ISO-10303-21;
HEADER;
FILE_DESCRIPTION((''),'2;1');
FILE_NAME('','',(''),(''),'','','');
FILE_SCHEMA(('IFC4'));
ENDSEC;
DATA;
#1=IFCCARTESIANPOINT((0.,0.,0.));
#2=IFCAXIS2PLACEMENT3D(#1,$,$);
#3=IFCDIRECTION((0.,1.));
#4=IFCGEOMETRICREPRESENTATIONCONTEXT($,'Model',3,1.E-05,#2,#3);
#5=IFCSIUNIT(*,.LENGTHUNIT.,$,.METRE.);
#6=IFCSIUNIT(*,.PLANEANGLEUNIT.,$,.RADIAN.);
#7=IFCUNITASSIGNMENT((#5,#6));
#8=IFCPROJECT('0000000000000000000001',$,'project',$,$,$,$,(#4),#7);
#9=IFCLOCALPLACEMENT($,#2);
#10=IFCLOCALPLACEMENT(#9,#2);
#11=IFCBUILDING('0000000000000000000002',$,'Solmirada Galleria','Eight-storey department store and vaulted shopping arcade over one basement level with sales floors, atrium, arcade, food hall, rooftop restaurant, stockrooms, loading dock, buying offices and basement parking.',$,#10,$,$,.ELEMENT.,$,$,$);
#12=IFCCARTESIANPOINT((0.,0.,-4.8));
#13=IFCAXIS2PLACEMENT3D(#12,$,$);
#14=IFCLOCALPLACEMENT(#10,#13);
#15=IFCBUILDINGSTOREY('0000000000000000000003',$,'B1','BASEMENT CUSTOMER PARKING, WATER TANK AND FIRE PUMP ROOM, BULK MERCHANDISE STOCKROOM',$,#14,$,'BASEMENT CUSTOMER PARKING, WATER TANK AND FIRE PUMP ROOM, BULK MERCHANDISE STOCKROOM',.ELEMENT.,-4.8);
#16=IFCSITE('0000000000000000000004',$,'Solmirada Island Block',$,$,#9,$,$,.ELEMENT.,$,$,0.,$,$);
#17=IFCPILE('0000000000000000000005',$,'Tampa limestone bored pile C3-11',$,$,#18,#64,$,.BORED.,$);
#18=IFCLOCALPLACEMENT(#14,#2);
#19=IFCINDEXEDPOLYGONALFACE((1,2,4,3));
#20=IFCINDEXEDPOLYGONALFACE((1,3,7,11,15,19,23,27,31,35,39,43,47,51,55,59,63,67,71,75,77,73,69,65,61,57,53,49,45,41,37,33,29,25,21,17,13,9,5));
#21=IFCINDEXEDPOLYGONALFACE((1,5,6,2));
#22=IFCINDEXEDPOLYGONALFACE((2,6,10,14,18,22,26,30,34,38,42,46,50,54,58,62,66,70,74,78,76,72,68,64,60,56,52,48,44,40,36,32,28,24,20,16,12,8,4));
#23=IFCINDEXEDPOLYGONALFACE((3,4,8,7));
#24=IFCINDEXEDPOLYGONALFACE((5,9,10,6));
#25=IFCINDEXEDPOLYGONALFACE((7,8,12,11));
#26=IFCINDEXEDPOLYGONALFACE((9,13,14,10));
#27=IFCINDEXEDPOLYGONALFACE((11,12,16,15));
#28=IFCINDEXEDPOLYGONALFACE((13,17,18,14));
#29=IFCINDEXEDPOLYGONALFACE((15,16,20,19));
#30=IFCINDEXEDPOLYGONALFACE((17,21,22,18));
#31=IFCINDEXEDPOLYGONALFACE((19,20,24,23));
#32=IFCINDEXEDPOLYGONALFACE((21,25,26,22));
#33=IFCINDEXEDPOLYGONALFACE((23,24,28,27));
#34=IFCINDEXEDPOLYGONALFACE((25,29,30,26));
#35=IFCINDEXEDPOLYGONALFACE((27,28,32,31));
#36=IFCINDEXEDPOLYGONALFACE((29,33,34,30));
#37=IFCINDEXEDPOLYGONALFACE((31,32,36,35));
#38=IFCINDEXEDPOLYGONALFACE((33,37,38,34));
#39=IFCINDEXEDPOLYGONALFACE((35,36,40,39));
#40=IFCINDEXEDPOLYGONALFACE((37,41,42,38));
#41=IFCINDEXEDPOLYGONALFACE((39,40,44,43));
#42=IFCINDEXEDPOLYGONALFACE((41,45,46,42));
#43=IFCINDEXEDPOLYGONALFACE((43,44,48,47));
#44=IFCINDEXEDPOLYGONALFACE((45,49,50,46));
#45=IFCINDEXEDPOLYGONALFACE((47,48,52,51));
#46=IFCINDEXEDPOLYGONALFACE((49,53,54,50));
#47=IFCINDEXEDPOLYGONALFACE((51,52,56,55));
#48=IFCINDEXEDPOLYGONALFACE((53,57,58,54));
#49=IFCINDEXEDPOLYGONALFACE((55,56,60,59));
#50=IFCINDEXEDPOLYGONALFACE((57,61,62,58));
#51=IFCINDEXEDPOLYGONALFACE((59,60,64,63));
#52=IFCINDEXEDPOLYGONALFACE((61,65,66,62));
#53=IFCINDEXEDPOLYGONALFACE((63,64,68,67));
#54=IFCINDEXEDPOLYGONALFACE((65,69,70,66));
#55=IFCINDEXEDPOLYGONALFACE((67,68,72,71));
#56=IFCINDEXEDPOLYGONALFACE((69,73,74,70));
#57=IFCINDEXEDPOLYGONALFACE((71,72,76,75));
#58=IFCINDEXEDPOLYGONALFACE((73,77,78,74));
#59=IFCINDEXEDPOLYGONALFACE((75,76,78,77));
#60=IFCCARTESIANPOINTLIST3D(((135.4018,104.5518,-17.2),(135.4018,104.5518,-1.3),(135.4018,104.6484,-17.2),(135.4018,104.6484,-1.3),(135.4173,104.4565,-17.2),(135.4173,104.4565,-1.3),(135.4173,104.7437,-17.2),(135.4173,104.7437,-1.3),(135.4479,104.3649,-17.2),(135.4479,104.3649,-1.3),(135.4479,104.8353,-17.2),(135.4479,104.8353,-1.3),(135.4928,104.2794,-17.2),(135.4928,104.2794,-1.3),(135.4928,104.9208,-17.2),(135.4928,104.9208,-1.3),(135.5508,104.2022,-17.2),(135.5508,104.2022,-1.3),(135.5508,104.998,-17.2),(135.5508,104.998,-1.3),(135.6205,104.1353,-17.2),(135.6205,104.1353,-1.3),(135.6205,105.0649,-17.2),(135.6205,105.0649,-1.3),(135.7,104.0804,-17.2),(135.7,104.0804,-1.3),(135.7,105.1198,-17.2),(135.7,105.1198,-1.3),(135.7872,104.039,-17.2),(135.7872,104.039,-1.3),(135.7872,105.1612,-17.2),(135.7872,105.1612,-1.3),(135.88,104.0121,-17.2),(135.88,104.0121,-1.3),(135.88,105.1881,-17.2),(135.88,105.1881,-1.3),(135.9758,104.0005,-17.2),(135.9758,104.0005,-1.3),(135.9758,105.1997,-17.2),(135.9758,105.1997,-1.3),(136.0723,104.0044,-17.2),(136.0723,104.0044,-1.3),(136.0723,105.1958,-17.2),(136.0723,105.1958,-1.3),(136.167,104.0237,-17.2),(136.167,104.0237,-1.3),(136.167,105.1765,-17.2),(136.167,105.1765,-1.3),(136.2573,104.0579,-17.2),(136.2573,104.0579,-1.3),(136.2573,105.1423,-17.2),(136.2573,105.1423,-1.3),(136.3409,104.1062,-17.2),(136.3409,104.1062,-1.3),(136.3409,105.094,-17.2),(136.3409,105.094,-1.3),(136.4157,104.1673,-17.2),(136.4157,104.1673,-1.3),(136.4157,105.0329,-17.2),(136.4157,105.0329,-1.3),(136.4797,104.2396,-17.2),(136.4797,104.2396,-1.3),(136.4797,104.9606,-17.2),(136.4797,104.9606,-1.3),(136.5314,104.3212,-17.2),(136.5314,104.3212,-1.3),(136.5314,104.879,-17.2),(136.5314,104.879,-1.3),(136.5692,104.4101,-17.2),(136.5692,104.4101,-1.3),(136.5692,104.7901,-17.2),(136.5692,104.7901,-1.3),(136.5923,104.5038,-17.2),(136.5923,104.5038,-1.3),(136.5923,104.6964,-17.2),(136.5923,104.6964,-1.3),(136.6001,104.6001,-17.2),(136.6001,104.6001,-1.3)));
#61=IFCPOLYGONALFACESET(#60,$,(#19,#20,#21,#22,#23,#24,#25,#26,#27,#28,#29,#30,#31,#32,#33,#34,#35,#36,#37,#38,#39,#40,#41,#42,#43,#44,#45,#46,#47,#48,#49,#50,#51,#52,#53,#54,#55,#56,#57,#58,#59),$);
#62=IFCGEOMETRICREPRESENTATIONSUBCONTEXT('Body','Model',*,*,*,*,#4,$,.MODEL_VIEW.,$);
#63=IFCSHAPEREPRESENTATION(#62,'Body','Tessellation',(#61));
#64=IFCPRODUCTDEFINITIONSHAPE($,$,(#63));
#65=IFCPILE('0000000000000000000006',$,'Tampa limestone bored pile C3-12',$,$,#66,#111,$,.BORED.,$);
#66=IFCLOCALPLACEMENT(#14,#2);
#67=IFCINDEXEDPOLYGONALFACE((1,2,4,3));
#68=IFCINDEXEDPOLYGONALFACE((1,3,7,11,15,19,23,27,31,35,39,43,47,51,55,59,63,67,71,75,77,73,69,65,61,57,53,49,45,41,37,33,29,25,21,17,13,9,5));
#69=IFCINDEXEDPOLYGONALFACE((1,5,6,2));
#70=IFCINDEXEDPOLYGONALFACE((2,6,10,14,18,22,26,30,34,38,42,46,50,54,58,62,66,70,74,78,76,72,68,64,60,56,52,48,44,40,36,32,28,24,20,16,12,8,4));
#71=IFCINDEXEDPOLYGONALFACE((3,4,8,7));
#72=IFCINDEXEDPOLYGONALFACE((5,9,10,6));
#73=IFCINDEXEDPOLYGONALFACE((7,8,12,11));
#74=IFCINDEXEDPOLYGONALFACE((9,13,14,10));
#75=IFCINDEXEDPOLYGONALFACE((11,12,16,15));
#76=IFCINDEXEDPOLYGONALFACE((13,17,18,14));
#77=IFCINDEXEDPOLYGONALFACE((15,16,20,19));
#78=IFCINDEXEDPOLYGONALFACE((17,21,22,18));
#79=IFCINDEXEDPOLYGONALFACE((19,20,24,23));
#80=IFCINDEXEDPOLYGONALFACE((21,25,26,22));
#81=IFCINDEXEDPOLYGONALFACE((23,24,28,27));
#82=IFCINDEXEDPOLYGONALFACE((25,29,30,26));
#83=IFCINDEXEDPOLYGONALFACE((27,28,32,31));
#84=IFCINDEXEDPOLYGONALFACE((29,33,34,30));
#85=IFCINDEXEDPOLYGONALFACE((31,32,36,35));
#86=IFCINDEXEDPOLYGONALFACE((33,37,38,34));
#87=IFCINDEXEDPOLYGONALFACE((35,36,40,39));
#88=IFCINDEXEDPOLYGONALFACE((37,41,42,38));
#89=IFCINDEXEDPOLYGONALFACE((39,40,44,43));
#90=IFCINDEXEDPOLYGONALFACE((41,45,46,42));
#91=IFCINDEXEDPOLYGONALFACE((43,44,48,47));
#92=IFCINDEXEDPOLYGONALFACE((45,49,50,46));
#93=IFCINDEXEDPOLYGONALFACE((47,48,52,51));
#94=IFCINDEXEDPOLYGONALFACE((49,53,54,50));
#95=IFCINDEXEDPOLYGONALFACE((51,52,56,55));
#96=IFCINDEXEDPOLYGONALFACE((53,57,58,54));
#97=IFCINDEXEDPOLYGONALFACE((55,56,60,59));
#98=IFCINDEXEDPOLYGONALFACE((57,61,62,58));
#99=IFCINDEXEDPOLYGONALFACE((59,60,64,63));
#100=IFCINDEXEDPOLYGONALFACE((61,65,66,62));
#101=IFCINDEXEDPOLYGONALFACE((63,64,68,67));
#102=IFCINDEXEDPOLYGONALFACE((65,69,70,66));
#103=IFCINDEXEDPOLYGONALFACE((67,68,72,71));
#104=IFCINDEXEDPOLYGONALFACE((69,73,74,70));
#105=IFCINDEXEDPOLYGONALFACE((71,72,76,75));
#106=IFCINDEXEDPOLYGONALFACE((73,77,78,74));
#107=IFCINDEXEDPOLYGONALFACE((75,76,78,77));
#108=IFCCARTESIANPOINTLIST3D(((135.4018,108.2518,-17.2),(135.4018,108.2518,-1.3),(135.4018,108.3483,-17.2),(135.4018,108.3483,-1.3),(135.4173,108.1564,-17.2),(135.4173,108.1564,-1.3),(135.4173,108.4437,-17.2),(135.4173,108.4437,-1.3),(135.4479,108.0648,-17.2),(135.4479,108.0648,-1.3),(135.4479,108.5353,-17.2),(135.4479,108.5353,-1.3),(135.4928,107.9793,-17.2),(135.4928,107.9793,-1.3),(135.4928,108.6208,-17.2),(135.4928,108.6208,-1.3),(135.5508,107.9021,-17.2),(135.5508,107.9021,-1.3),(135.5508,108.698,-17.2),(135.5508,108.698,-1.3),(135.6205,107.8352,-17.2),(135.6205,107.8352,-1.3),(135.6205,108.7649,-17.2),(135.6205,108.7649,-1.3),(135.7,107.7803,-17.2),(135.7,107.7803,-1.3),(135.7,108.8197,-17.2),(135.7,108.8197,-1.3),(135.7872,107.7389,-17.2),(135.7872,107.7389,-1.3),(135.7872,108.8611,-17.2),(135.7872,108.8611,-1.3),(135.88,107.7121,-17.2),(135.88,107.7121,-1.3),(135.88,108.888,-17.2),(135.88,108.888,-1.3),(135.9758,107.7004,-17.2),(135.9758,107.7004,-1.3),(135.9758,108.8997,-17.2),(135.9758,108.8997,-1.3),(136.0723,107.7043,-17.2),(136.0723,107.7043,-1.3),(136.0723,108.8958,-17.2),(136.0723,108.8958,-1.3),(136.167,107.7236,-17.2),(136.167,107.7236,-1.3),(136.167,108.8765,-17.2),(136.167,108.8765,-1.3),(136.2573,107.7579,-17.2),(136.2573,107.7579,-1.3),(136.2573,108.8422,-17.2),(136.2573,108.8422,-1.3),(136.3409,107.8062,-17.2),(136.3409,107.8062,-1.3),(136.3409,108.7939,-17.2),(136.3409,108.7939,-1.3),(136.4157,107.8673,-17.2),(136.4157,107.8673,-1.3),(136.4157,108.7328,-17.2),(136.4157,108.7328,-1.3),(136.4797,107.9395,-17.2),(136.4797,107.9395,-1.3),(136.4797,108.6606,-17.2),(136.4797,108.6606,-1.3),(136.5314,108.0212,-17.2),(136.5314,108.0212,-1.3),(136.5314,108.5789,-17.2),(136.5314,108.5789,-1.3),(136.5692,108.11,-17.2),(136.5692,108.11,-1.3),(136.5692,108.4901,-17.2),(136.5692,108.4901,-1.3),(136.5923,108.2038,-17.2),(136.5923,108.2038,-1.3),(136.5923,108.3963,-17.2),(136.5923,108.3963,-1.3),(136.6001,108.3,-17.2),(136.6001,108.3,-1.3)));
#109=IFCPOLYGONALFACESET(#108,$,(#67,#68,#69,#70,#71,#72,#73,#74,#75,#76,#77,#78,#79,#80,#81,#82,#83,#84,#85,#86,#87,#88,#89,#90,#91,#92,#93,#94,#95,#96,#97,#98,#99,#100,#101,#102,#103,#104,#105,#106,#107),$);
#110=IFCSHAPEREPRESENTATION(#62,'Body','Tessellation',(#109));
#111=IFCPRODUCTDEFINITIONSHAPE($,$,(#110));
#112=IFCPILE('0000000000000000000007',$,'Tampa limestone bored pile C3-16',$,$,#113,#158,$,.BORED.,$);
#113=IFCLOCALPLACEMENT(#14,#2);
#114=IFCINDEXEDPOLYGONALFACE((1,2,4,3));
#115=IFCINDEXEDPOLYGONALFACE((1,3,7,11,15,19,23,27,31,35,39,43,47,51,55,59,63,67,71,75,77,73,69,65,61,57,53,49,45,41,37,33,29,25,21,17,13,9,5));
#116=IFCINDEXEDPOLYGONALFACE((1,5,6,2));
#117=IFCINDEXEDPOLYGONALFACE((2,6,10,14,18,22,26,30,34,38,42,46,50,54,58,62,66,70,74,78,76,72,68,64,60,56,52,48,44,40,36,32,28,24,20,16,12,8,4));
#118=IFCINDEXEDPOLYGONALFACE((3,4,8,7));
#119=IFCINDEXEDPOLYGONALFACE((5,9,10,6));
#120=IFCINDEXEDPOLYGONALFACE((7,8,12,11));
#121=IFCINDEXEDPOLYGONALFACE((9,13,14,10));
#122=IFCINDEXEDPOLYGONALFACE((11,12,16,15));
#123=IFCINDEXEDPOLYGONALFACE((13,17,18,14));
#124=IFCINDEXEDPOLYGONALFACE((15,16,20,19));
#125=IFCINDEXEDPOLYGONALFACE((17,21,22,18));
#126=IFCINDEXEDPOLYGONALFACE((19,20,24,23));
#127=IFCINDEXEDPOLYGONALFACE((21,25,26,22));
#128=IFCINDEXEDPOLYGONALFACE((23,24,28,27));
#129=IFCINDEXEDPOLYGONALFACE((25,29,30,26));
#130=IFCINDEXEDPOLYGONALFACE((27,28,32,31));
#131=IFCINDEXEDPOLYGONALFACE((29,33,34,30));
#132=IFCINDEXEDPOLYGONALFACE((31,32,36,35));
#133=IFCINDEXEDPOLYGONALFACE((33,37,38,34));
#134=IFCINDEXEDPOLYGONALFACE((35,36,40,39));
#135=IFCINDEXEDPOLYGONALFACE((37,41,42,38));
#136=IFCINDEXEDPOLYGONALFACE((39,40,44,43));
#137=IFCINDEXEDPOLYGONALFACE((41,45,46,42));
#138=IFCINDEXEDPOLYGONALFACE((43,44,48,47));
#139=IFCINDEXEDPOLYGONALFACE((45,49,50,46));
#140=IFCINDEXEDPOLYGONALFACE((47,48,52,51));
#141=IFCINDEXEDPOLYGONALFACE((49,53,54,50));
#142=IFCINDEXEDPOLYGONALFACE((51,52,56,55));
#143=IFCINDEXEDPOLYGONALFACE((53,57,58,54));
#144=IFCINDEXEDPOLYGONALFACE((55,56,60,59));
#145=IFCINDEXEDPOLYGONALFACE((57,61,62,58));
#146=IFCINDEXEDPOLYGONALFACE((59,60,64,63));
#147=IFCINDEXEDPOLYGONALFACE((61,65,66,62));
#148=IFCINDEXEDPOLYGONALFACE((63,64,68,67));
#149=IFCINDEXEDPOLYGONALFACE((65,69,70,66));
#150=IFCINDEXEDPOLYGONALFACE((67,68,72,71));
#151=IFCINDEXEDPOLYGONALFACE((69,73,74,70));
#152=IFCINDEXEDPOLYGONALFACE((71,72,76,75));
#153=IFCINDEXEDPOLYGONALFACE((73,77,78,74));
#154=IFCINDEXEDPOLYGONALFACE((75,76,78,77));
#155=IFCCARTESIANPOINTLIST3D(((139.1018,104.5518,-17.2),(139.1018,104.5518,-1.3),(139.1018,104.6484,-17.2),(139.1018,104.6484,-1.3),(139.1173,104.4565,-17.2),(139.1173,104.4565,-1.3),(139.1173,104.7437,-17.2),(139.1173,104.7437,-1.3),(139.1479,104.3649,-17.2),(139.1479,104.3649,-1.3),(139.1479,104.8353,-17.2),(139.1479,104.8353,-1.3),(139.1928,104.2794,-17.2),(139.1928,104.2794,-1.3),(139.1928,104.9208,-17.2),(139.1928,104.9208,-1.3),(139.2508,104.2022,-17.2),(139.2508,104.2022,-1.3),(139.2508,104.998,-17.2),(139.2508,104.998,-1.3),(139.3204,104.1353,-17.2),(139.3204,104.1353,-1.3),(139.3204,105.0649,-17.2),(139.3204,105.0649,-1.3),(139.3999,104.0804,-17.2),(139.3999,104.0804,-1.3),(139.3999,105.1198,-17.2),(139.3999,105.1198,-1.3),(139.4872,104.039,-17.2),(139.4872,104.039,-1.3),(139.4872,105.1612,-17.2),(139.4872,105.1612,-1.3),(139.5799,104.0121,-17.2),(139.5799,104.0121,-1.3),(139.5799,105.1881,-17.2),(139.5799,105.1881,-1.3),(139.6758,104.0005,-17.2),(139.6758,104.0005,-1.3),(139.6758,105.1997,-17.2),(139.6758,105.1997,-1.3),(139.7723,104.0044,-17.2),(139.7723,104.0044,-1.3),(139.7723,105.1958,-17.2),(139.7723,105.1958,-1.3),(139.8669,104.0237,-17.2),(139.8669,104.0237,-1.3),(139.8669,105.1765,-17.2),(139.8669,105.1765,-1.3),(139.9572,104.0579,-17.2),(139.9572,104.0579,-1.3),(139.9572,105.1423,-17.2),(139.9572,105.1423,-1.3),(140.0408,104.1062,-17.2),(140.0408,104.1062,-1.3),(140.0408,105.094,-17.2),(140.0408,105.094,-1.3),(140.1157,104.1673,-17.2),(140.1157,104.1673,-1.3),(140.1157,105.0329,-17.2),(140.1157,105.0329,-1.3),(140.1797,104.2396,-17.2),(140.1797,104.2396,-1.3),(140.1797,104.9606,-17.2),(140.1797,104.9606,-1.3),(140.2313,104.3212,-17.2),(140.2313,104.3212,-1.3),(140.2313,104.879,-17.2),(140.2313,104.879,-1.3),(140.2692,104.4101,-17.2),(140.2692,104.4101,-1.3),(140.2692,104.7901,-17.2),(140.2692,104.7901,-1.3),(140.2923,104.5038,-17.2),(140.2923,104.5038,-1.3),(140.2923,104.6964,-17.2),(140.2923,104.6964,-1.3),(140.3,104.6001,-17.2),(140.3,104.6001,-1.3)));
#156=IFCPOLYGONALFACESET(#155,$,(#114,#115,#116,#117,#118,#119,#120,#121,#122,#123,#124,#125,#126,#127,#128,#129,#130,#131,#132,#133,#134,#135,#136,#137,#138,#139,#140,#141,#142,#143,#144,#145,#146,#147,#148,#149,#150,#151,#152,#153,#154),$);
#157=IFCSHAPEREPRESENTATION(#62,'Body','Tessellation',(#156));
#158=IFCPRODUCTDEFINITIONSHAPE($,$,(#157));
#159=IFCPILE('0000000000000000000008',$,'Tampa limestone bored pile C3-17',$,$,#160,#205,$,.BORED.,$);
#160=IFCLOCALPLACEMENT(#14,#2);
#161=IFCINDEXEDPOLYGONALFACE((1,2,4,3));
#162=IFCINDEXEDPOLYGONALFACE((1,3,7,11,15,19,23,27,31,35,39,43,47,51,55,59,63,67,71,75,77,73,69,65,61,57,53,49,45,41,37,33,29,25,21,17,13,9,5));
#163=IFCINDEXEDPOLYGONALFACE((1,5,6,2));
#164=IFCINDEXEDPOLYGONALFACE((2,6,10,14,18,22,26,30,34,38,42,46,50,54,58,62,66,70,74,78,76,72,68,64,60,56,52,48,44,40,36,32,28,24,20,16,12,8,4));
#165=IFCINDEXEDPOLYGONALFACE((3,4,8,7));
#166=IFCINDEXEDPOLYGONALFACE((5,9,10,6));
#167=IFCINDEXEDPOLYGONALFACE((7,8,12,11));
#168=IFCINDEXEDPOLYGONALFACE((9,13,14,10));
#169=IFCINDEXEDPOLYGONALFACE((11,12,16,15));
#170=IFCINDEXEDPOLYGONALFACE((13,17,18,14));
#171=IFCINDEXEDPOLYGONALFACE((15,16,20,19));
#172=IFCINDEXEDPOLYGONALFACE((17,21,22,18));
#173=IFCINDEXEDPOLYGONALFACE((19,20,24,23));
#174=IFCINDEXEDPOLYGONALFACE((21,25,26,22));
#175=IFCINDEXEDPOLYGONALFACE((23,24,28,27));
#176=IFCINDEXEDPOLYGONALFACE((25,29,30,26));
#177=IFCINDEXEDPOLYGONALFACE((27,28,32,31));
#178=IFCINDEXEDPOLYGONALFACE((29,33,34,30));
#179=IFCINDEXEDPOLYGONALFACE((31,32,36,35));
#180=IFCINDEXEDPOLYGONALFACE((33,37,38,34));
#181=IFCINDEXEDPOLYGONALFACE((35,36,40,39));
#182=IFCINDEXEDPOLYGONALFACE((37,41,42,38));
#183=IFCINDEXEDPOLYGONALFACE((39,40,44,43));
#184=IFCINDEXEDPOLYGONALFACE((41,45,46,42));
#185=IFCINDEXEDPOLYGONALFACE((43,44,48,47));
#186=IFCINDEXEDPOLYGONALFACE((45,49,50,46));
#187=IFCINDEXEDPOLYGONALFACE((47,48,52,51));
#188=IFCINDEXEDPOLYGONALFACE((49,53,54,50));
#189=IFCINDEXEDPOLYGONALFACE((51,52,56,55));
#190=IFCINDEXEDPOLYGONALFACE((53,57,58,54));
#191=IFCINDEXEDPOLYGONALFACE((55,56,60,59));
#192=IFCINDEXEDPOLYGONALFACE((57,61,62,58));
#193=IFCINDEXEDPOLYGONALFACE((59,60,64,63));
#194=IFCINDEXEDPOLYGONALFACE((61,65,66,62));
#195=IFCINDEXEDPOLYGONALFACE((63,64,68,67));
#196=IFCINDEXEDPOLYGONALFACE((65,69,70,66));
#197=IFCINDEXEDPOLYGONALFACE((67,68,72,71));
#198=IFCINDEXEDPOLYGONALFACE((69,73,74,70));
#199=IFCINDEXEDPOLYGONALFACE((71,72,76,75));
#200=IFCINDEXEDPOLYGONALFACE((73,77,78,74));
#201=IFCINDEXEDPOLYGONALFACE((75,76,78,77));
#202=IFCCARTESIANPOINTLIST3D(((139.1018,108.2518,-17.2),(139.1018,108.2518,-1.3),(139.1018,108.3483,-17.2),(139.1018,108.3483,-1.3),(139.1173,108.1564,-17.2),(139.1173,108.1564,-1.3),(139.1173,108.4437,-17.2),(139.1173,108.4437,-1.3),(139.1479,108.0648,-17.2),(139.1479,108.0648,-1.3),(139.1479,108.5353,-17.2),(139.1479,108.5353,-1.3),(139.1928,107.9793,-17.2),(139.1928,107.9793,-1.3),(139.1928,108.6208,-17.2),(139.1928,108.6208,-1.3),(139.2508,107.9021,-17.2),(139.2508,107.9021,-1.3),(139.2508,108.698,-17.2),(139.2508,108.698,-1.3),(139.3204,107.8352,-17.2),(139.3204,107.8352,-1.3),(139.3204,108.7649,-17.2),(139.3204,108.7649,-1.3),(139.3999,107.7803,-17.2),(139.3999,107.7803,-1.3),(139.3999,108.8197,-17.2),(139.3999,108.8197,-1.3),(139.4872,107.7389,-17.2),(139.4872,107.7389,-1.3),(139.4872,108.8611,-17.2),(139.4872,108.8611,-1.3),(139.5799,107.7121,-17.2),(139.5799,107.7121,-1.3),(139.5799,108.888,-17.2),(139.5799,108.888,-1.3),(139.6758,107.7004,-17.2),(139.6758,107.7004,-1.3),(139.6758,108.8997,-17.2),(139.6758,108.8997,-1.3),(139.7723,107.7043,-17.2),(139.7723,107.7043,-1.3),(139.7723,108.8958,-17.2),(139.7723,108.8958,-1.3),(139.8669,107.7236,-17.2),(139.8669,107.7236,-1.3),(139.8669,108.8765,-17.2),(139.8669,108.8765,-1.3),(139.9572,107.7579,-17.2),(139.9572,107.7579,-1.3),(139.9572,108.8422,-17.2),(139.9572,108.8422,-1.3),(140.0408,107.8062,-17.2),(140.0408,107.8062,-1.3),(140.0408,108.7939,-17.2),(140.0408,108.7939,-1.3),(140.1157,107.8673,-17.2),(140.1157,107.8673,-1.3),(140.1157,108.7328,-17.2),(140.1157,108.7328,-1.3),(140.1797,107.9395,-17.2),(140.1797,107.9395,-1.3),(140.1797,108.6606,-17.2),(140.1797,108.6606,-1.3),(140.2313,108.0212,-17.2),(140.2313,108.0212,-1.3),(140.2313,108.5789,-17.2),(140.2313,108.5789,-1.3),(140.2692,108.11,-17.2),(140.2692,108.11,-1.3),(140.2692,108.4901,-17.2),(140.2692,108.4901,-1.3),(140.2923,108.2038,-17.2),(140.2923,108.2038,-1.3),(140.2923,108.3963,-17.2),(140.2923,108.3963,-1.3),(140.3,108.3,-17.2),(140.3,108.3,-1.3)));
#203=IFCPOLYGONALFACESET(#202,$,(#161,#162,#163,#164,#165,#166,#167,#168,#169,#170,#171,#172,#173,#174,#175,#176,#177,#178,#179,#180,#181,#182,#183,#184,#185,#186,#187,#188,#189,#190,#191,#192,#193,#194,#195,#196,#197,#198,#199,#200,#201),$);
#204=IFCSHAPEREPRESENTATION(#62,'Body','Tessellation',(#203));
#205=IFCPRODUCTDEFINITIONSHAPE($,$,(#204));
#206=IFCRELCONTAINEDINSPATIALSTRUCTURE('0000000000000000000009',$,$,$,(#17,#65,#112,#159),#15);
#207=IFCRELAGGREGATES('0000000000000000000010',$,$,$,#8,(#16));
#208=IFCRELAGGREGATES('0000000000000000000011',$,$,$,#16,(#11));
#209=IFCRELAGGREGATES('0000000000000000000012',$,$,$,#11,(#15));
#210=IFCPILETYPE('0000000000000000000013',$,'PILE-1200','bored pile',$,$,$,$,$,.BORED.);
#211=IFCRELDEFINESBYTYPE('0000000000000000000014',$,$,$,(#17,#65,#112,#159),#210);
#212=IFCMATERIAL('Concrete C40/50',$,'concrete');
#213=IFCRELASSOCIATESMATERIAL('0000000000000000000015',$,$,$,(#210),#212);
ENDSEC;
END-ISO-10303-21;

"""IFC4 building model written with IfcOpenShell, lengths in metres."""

from ifc_helpers import new_model, si_unit, direction, frame, origin, origin_2d, place, context, subcontext, project, spatial, circle, extrude, material, material_profile, profile_set, type_object, element, save


model = new_model("IFC4")

# Units and contexts
model_context = context("Model", 3, precision=1e-05, world=origin(), true_north=direction((0.0, 1.0)))
body_context = subcontext(model_context, "Body", "Model", "MODEL_VIEW")
ifc_project = project(units=[si_unit("LENGTHUNIT", "METRE"), si_unit("PLANEANGLEUNIT", "RADIAN")], contexts=[model_context])

# Site, building, storey
site_placement = place(None, origin())
site = spatial("IfcSite", under=ifc_project, at=site_placement, Name="Solmirada Island Block", CompositionType="ELEMENT", RefElevation=0.0)
building_placement = place(site_placement, origin())
building = spatial("IfcBuilding", under=site, at=building_placement, Name="Solmirada Galleria", Description="Eight-storey department store and vaulted shopping arcade over one basement level with sales floors, atrium, arcade, food hall, rooftop restaurant, stockrooms, loading dock, buying offices and basement parking.", CompositionType="ELEMENT")
storey_placement = place(building_placement, frame((0.0, 0.0, -4.8)))
storey = spatial("IfcBuildingStorey", under=building, at=storey_placement, Name="B1", Description="BASEMENT CUSTOMER PARKING, WATER TANK AND FIRE PUMP ROOM, BULK MERCHANDISE STOCKROOM", LongName="BASEMENT CUSTOMER PARKING, WATER TANK AND FIRE PUMP ROOM, BULK MERCHANDISE STOCKROOM", CompositionType="ELEMENT", Elevation=-4.8)

# Piles
ifc_material_1 = material(Name="Concrete C40/50", Category="concrete")
ifc_material_profile_1 = material_profile(ifc_material_1, circle(Radius=0.6001, at=origin_2d()), Name="PILE1200")
ifc_profile_set_1 = profile_set([ifc_material_profile_1], Name="Concrete C40/50")
pile_type_1 = type_object("IfcPileType", Name="PILE-1200", Description="bored pile", PredefinedType="BORED", material=ifc_profile_set_1)
for number, where, z_axis, x_axis, name in (
    (1, (136.0, 104.6001, -1.3), (0.0, 0.0, -1.0), (1.0, 0.0, 0.0), "Tampa limestone bored pile C3-11"),
    (2, (136.0, 108.3, -1.3), (0.0, 0.0, -1.0), (1.0, 0.0, 0.0), "Tampa limestone bored pile C3-12"),
    (3, (139.7, 104.6001, -1.3), (0.0, 0.0, -1.0), (1.0, 0.0, 0.0), "Tampa limestone bored pile C3-16"),
    (4, (139.7, 108.3, -1.3), (0.0, 0.0, -1.0), (1.0, 0.0, 0.0), "Tampa limestone bored pile C3-17"),
):
    element("IfcPile", number, at=place(storey_placement, frame(where, z_axis=z_axis, x_axis=x_axis)), inside=storey, type_object=pile_type_1, Name=name, PredefinedType="BORED", context=body_context, shape_type="SweptSolid", body=[
        extrude(circle(Radius=0.6001, at=origin_2d()), origin(), (0.0, 0.0, 1.0), 15.8999),
    ])

save(model, "model.ifc")
